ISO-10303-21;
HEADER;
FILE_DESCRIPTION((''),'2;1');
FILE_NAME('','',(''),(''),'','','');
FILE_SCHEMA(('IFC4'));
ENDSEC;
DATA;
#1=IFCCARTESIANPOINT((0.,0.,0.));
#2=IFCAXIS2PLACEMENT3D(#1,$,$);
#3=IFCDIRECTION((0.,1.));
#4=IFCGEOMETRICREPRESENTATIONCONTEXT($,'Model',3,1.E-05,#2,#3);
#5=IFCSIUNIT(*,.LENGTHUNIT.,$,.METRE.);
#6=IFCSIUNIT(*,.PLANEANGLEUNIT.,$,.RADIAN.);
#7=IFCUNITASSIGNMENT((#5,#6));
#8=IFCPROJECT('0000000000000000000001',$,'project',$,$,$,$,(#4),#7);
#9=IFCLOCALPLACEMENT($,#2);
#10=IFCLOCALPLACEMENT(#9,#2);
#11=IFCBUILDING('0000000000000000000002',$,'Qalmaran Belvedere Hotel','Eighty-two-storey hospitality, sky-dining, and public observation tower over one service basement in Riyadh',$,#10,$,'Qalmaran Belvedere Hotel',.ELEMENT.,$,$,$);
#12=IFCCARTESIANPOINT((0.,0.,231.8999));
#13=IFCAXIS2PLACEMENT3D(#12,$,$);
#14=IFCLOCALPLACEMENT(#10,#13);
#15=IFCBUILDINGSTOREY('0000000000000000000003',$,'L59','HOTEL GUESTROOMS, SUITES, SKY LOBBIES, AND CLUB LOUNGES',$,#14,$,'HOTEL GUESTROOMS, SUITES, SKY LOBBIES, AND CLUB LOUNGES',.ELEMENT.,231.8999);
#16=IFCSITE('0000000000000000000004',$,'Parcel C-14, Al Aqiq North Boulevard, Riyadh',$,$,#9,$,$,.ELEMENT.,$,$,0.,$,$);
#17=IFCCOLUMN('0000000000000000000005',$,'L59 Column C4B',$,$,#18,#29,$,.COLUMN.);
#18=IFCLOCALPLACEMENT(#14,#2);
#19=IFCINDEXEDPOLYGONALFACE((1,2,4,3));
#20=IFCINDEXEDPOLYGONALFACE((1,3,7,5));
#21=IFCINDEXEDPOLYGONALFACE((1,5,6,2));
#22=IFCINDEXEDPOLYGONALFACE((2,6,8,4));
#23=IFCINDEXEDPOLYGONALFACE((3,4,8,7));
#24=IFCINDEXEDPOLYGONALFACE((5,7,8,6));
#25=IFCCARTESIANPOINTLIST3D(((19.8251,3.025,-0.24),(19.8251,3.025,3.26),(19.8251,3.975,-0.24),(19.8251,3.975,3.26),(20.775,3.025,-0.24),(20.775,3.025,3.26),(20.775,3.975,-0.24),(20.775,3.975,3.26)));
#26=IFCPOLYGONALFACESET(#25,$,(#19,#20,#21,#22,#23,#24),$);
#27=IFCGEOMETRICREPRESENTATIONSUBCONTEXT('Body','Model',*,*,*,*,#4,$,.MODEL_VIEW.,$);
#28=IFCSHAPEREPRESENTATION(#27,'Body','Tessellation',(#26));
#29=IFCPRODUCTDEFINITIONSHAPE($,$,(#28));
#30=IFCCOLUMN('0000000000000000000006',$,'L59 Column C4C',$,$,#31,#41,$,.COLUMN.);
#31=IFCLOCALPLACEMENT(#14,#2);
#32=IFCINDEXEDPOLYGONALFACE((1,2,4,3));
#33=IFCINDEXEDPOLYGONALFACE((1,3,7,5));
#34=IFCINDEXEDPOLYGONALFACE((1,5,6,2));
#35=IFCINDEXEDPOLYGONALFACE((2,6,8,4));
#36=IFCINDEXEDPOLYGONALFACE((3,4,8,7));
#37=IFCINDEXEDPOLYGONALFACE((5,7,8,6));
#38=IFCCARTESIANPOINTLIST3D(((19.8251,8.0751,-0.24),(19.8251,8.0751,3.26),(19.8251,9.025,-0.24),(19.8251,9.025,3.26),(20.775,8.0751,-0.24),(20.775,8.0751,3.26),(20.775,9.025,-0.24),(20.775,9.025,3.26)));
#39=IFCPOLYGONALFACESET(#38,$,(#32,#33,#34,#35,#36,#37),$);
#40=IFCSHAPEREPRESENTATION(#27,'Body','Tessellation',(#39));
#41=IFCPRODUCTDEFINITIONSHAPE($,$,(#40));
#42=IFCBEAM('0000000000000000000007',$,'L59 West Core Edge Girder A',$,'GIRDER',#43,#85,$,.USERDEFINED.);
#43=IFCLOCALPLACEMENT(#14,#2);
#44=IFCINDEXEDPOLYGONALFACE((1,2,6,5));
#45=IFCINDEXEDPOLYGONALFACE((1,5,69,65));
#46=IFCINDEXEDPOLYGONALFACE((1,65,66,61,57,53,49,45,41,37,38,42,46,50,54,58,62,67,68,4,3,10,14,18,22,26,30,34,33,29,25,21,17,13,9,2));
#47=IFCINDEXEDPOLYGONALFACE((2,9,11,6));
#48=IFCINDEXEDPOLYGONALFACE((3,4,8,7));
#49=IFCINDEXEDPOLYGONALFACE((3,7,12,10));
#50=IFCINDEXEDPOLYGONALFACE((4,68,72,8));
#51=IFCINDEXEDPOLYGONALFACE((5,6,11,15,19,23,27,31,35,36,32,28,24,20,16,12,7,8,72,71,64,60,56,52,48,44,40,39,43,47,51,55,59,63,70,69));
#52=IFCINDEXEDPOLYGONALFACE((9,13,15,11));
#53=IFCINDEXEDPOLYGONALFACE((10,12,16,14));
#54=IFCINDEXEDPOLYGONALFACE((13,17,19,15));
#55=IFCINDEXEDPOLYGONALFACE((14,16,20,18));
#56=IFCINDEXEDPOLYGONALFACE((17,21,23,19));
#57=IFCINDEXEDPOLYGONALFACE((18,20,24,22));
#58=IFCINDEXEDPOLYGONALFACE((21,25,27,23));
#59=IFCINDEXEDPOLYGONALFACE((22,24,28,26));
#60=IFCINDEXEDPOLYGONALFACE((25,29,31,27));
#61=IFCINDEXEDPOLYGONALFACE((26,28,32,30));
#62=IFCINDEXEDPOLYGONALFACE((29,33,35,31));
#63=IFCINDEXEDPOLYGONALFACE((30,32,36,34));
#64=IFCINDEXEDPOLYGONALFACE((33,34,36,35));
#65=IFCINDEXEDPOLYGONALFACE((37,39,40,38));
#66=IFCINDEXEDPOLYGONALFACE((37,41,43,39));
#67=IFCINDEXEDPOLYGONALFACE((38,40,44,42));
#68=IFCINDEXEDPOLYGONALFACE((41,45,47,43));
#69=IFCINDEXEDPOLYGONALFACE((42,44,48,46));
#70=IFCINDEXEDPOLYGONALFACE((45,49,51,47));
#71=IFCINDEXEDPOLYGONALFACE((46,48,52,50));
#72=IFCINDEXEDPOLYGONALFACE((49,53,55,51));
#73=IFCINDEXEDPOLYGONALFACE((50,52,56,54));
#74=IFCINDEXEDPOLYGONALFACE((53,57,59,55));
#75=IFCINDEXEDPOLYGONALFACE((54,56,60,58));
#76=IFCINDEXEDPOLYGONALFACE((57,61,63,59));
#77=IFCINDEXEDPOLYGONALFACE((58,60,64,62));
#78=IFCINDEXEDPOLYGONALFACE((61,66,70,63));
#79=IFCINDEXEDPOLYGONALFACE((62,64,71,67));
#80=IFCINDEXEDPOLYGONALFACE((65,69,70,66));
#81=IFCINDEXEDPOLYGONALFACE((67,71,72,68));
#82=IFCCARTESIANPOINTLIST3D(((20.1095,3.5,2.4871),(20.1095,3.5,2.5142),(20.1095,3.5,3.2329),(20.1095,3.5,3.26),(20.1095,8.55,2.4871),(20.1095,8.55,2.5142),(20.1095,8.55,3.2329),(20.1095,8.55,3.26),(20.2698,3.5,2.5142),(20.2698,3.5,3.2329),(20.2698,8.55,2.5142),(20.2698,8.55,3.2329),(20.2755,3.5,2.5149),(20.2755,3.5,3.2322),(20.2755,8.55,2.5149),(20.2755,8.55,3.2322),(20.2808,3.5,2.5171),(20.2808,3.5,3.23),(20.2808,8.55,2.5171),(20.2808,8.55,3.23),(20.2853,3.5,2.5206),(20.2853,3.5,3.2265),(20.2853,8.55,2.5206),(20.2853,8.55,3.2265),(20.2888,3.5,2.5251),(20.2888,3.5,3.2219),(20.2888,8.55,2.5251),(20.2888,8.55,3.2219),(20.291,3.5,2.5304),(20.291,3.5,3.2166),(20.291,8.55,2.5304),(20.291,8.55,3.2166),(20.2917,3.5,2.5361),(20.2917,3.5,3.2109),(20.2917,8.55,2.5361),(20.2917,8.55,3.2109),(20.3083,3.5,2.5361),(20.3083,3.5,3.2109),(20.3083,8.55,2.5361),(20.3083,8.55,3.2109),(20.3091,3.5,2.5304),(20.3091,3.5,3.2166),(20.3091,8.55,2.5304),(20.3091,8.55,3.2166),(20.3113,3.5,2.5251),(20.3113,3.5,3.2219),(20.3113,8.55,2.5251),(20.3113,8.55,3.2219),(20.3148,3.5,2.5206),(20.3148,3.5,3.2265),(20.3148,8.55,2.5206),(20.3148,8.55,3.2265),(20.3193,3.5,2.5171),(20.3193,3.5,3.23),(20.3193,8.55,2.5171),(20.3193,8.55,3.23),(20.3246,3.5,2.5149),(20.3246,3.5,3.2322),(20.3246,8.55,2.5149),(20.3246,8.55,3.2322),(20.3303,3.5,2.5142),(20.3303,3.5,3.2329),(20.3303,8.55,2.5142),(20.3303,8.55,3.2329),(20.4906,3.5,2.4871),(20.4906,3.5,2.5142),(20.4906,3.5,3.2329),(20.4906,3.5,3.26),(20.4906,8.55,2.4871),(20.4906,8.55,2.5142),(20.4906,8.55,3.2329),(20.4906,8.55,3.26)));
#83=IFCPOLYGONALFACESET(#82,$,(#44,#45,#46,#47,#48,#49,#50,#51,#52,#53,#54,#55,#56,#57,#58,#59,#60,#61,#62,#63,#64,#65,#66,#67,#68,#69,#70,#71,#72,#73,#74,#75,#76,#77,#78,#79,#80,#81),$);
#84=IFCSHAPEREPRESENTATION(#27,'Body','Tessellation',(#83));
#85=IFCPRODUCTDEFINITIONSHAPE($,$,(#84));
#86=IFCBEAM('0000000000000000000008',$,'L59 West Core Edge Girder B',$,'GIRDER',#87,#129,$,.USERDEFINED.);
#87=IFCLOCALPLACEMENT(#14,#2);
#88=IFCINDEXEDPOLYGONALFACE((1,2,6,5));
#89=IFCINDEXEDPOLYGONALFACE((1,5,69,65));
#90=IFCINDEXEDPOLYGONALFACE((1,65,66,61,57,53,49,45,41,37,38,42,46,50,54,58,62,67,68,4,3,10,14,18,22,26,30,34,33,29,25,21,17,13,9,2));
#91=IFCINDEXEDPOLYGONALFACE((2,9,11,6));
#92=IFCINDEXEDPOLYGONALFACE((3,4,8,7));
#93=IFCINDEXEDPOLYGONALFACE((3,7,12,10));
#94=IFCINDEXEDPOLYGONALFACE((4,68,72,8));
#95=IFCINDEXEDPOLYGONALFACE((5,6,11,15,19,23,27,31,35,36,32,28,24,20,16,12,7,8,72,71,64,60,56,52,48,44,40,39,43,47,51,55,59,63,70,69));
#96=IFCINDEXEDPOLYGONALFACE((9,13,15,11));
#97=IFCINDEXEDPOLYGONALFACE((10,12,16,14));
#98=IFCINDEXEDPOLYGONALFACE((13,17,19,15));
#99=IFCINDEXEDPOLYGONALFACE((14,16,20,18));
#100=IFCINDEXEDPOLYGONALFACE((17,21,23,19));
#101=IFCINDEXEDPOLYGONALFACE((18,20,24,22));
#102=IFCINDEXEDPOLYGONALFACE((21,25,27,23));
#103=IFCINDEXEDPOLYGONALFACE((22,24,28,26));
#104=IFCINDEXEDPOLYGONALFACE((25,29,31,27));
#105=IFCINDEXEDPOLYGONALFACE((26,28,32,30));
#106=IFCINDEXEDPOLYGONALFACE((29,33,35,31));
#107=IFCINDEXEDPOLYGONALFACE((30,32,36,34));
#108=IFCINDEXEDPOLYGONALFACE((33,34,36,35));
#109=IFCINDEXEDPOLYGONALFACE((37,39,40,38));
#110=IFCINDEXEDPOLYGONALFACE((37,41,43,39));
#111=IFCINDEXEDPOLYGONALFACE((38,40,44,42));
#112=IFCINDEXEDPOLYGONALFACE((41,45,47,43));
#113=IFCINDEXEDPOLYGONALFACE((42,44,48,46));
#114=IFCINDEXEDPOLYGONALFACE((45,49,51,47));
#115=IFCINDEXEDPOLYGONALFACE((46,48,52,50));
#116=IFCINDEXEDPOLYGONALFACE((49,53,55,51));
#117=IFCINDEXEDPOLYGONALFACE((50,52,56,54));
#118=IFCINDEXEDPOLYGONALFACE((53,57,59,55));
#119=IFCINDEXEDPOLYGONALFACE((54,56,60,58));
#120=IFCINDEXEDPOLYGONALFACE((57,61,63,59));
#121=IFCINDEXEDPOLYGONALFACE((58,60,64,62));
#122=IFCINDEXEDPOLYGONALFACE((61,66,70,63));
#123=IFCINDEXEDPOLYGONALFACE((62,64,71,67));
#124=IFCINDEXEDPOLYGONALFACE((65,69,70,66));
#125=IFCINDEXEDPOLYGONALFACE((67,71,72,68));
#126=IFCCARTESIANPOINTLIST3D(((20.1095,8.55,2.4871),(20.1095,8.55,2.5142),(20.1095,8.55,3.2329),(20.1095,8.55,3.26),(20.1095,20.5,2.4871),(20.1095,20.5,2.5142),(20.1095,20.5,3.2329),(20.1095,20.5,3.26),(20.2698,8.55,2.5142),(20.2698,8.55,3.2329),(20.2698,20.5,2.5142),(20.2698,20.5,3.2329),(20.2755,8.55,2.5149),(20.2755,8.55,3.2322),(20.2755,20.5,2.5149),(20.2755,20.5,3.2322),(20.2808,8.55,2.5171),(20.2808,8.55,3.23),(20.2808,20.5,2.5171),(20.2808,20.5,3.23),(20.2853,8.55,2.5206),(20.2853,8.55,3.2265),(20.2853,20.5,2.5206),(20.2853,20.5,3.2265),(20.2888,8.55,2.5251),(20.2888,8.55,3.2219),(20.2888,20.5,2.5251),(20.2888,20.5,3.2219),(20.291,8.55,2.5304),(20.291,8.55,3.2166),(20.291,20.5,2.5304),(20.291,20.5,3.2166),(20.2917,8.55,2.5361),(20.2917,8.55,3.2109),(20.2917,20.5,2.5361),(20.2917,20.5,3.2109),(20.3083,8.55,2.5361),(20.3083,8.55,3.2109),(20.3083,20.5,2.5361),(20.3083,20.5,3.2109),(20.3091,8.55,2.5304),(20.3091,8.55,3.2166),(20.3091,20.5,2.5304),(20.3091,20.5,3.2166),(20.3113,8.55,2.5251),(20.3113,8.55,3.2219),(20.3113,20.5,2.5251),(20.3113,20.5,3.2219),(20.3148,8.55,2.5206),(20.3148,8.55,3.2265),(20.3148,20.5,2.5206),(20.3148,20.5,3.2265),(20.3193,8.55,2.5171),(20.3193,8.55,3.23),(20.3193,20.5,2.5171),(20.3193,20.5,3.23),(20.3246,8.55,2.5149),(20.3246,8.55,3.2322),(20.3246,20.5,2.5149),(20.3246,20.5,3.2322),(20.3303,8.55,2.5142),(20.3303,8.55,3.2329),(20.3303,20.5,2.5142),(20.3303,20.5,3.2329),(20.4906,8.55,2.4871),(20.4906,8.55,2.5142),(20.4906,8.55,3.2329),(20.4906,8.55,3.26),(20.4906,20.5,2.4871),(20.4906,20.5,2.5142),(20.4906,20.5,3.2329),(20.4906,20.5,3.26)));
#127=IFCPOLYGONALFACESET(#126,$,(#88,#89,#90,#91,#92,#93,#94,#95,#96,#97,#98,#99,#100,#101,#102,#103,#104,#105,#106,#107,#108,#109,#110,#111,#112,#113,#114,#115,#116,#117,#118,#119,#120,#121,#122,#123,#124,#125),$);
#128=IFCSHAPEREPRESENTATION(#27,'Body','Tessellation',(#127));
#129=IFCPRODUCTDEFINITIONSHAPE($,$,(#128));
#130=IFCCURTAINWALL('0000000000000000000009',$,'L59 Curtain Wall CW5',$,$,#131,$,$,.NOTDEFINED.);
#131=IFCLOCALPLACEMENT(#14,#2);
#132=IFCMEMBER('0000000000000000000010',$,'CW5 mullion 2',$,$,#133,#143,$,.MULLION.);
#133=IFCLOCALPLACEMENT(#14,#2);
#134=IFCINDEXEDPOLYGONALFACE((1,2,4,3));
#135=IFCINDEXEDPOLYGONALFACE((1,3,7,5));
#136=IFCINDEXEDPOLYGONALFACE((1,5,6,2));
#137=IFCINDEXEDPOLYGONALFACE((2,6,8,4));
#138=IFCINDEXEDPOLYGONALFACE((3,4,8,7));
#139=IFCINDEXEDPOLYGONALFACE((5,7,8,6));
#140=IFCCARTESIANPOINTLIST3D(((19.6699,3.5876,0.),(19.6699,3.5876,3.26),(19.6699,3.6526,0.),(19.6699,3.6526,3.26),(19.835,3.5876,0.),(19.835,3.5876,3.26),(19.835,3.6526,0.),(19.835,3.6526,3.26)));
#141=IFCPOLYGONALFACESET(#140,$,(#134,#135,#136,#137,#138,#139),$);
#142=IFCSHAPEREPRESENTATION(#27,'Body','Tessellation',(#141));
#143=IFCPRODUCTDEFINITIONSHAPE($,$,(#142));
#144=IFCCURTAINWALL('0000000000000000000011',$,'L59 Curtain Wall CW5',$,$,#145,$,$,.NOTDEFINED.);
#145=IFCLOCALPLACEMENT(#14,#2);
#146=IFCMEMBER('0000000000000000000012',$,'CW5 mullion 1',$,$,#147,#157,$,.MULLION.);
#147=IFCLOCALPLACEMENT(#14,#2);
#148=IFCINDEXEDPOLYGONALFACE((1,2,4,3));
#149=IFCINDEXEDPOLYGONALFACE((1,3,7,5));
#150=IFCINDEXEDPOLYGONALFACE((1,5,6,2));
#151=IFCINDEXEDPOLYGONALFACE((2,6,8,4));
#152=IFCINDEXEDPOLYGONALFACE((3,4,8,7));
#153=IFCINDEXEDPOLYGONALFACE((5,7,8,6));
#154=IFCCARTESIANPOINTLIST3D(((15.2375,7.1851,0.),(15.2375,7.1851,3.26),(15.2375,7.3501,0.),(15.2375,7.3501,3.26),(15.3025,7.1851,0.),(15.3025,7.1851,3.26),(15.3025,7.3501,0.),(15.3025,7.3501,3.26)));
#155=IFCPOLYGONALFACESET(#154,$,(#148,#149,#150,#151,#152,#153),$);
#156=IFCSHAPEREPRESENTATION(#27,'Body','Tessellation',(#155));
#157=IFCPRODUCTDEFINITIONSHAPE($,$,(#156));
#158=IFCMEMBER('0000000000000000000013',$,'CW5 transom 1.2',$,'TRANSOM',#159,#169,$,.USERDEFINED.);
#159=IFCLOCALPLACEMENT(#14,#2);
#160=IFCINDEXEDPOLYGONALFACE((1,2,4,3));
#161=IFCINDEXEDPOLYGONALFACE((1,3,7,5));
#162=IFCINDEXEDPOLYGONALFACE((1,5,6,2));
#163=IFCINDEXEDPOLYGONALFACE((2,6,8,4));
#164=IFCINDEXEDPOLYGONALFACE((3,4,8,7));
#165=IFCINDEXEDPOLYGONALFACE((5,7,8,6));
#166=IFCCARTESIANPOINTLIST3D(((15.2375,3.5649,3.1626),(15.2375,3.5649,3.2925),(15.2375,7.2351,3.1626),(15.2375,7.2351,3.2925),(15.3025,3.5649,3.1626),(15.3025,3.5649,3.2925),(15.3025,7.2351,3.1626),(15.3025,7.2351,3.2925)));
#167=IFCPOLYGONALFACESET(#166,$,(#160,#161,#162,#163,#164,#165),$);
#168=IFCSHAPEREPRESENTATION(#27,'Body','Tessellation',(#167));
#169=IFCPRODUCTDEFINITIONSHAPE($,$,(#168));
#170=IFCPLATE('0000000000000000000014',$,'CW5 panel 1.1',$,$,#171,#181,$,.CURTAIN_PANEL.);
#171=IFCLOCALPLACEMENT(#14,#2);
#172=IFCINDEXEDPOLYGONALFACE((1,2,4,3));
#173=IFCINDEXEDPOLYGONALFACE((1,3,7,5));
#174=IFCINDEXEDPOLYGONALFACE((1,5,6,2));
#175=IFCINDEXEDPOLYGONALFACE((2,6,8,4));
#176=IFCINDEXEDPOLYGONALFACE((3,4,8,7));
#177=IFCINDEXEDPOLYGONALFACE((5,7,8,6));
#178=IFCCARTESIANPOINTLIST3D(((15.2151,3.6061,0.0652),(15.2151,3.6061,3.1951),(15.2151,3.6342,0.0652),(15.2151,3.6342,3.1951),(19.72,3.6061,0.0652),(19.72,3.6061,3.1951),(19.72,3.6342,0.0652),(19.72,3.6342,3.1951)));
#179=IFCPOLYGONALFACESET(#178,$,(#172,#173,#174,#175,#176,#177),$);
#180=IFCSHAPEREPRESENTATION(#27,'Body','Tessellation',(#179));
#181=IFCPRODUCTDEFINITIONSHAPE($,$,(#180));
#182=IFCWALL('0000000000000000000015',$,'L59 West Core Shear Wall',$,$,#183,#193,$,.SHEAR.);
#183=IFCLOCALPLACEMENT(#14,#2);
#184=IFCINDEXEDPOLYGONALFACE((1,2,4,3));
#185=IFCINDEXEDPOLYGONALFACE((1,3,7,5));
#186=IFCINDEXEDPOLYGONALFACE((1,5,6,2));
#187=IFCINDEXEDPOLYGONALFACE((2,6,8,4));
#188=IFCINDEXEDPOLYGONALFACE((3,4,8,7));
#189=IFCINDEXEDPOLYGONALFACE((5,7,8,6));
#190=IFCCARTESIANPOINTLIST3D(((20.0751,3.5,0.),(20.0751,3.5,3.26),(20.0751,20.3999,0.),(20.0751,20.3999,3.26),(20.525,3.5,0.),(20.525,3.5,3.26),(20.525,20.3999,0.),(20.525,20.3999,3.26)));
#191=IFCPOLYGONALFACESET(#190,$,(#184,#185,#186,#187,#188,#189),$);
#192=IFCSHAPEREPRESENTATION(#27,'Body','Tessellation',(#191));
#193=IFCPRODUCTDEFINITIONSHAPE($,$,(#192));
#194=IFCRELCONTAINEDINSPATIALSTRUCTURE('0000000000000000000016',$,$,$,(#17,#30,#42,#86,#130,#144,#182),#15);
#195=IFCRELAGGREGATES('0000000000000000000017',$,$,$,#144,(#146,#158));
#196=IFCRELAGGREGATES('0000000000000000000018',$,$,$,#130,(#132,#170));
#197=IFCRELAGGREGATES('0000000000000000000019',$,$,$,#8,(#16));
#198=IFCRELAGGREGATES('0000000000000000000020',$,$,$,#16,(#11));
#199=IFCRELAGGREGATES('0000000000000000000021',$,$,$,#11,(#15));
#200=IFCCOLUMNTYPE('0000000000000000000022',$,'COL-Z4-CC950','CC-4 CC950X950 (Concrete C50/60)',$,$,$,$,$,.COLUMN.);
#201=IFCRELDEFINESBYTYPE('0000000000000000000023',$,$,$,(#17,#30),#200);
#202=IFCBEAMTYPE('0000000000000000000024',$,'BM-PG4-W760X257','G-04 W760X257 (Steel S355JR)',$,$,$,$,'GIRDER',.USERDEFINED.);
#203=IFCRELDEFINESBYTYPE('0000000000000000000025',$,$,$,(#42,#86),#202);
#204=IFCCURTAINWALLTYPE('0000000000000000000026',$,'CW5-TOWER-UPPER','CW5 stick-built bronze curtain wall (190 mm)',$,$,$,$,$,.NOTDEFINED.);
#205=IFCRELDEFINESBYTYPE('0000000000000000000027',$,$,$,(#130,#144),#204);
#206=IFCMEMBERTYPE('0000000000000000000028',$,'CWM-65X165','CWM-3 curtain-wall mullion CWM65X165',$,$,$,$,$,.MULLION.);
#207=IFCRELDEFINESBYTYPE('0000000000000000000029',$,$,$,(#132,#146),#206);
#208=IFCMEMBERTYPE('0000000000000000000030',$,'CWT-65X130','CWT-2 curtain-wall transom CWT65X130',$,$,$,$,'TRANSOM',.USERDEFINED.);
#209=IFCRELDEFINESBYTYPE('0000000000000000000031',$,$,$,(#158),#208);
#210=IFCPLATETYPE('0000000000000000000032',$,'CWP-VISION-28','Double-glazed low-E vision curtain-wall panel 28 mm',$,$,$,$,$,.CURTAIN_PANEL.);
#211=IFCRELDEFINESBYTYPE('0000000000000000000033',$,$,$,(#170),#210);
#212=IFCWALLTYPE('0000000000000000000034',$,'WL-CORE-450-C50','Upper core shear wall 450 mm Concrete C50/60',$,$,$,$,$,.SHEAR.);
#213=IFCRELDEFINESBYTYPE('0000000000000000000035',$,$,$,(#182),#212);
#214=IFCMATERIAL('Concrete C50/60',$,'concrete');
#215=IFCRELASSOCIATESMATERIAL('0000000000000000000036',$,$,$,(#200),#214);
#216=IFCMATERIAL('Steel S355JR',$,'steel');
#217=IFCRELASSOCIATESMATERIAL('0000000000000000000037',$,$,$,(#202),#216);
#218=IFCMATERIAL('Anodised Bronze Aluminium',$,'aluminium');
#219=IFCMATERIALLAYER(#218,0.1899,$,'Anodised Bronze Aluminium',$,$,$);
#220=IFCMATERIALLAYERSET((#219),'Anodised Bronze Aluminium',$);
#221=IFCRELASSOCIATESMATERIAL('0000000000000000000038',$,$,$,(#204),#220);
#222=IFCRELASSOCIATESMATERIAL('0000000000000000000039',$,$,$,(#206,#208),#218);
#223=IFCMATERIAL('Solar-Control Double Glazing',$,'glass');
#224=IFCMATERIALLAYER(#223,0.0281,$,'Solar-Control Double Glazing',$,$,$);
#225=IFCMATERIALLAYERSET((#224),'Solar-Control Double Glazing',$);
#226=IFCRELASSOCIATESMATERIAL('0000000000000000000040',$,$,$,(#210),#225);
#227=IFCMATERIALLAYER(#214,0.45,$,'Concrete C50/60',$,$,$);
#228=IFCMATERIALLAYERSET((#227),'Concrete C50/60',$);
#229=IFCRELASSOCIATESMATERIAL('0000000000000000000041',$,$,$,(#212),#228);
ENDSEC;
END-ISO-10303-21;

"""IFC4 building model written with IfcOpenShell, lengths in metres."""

from ifc_helpers import new_model, si_unit, direction, frame, frame_2d, origin, origin_2d, place, context, subcontext, project, spatial, rectangle, i_section, extrude, material, layer, layer_set, material_profile, profile_set, type_object, element, aggregate, save


model = new_model("IFC4")

# Units and contexts
model_context = context("Model", 3, precision=1e-05, world=origin(), true_north=direction((0.0, 1.0)))
body_context = subcontext(model_context, "Body", "Model", "MODEL_VIEW")
ifc_project = project(units=[si_unit("LENGTHUNIT", "METRE"), si_unit("PLANEANGLEUNIT", "RADIAN")], contexts=[model_context])

# Site, building, storey
site_placement = place(None, origin())
site = spatial("IfcSite", under=ifc_project, at=site_placement, Name="Parcel C-14, Al Aqiq North Boulevard, Riyadh", CompositionType="ELEMENT", RefElevation=0.0)
building_placement = place(site_placement, origin())
building = spatial("IfcBuilding", under=site, at=building_placement, Name="Qalmaran Belvedere Hotel", Description="Eighty-two-storey hospitality, sky-dining, and public observation tower over one service basement in Riyadh", LongName="Qalmaran Belvedere Hotel", CompositionType="ELEMENT")
storey_placement = place(building_placement, frame((0.0, 0.0, 231.8999)))
storey = spatial("IfcBuildingStorey", under=building, at=storey_placement, Name="L59", Description="HOTEL GUESTROOMS, SUITES, SKY LOBBIES, AND CLUB LOUNGES", LongName="HOTEL GUESTROOMS, SUITES, SKY LOBBIES, AND CLUB LOUNGES", CompositionType="ELEMENT", Elevation=231.8999)

# Columns
ifc_material_1 = material(Name="Concrete C50/60", Category="concrete")
ifc_material_profile_1 = material_profile(ifc_material_1, rectangle(XDim=0.95, YDim=0.95, at=origin_2d()), Name="CC950X950")
ifc_profile_set_1 = profile_set([ifc_material_profile_1], Name="Concrete C50/60")
column_type = type_object("IfcColumnType", Name="COL-Z4-CC950", Description="CC-4 CC950X950 (Concrete C50/60)", PredefinedType="COLUMN", material=ifc_profile_set_1)
for number, where, z_axis, x_axis, name in (
    (1, (20.3, 3.5, -0.24), (0.0, 0.0, 1.0), (1.0, 0.0, 0.0), "L59 Column C4B"),
    (2, (20.3, 8.55, -0.24), (0.0, 0.0, 1.0), (1.0, 0.0, 0.0), "L59 Column C4C"),
):
    element("IfcColumn", number, at=place(storey_placement, frame(where, z_axis=z_axis, x_axis=x_axis)), inside=storey, type_object=column_type, Name=name, PredefinedType="COLUMN", context=body_context, shape_type="SweptSolid", body=[
        extrude(rectangle(XDim=0.95, YDim=0.95, at=origin_2d()), origin(), (0.0, 0.0, 1.0), 3.5),
    ])

# Beams
ifc_material_2 = material(Name="Steel S355JR", Category="steel")
ifc_material_profile_2 = material_profile(ifc_material_2, i_section(OverallWidth=0.3811, OverallDepth=0.7729, WebThickness=0.0166, FlangeThickness=0.0271, FilletRadius=0.022, at=origin_2d()), Name="W760X257")
ifc_profile_set_2 = profile_set([ifc_material_profile_2], Name="Steel S355JR")
beam_type = type_object("IfcBeamType", Name="BM-PG4-W760X257", Description="G-04 W760X257 (Steel S355JR)", ElementType="GIRDER", PredefinedType="USERDEFINED", material=ifc_profile_set_2)
beam_1_placement = place(storey_placement, frame((20.3, 3.5, 2.8735), z_axis=(0.0, 1.0, 0.0), x_axis=(-1.0, 0.0, 0.0)))
element("IfcBeam", 3, at=beam_1_placement, inside=storey, type_object=beam_type, Name="L59 West Core Edge Girder A", ObjectType="GIRDER", PredefinedType="USERDEFINED", context=body_context, shape_type="SweptSolid", body=[
    extrude(i_section(OverallWidth=0.3811, OverallDepth=0.7729, WebThickness=0.0166, FlangeThickness=0.0271, FilletRadius=0.022, at=origin_2d()), origin(), (0.0, 0.0, 1.0), 5.05),
])
beam_2_placement = place(storey_placement, frame((20.3, 8.55, 2.8735), z_axis=(0.0, 1.0, 0.0), x_axis=(-1.0, 0.0, 0.0)))
element("IfcBeam", 4, at=beam_2_placement, inside=storey, type_object=beam_type, Name="L59 West Core Edge Girder B", ObjectType="GIRDER", PredefinedType="USERDEFINED", context=body_context, shape_type="SweptSolid", body=[
    extrude(i_section(OverallWidth=0.3811, OverallDepth=0.7729, WebThickness=0.0166, FlangeThickness=0.0271, FilletRadius=0.022, at=origin_2d()), origin(), (0.0, 0.0, 1.0), 11.95),
])

# Curtain wall, member
ifc_material_3 = material(Name="Anodised Bronze Aluminium", Category="aluminium")
ifc_layer_1 = layer(ifc_material_3, 0.1899, Name="Anodised Bronze Aluminium")
ifc_layer_set_1 = layer_set([ifc_layer_1], Name="Anodised Bronze Aluminium")
curtain_wall_type = type_object("IfcCurtainWallType", Name="CW5-TOWER-UPPER", Description="CW5 stick-built bronze curtain wall (190 mm)", PredefinedType="NOTDEFINED", material=ifc_layer_set_1)
curtain_wall_1_placement = place(storey_placement, origin())
curtain_wall_1 = element("IfcCurtainWall", 5, at=curtain_wall_1_placement, inside=storey, type_object=curtain_wall_type, Name="L59 Curtain Wall CW5", PredefinedType="NOTDEFINED")
ifc_material_profile_3 = material_profile(ifc_material_3, rectangle(XDim=0.0649, YDim=0.165, at=origin_2d()), Name="CWM65X165")
ifc_profile_set_3 = profile_set([ifc_material_profile_3], Name="Anodised Bronze Aluminium")
member_type_1 = type_object("IfcMemberType", Name="CWM-65X165", Description="CWM-3 curtain-wall mullion CWM65X165", PredefinedType="MULLION", material=ifc_profile_set_3)
member_1_placement = place(storey_placement, frame((19.7524, 3.6201, 0.0), z_axis=(0.0, 0.0, 1.0), x_axis=(0.0, 1.0, 0.0)))
member_1 = element("IfcMember", 6, at=member_1_placement, type_object=member_type_1, Name="CW5 mullion 2", PredefinedType="MULLION", context=body_context, shape_type="SweptSolid", body=[
    extrude(rectangle(XDim=0.0649, YDim=0.165, at=origin_2d()), origin(), (0.0, 0.0, 1.0), 3.26),
])

# Curtain wall, members
curtain_wall_2_placement = place(storey_placement, origin())
curtain_wall_2 = element("IfcCurtainWall", 7, at=curtain_wall_2_placement, inside=storey, type_object=curtain_wall_type, Name="L59 Curtain Wall CW5", PredefinedType="NOTDEFINED")
member_2_placement = place(storey_placement, frame((15.27, 7.2676, 0.0), z_axis=(0.0, 0.0, 1.0), x_axis=(1.0, 0.0, 0.0)))
member_2 = element("IfcMember", 8, at=member_2_placement, type_object=member_type_1, Name="CW5 mullion 1", PredefinedType="MULLION", context=body_context, shape_type="SweptSolid", body=[
    extrude(rectangle(XDim=0.0649, YDim=0.165, at=origin_2d()), origin(), (0.0, 0.0, 1.0), 3.26),
])
ifc_material_profile_4 = material_profile(ifc_material_3, rectangle(XDim=0.0649, YDim=0.1299, at=origin_2d()), Name="CWT65X130")
ifc_profile_set_4 = profile_set([ifc_material_profile_4], Name="Anodised Bronze Aluminium")
member_type_2 = type_object("IfcMemberType", Name="CWT-65X130", Description="CWT-2 curtain-wall transom CWT65X130", ElementType="TRANSOM", PredefinedType="USERDEFINED", material=ifc_profile_set_4)
member_3_placement = place(storey_placement, frame((15.27, 7.2351, 3.2275), z_axis=(0.0, -1.0, 0.0), x_axis=(1.0, 0.0, 0.0)))
member_3 = element("IfcMember", 9, at=member_3_placement, type_object=member_type_2, Name="CW5 transom 1.2", ObjectType="TRANSOM", PredefinedType="USERDEFINED", context=body_context, shape_type="SweptSolid", body=[
    extrude(rectangle(XDim=0.0649, YDim=0.1299, at=origin_2d()), origin(), (0.0, 0.0, 1.0), 3.6702),
])
aggregate(curtain_wall_2, [member_2, member_3])

# Plate
ifc_material_4 = material(Name="Solar-Control Double Glazing", Category="glass")
ifc_layer_2 = layer(ifc_material_4, 0.0281, Name="Solar-Control Double Glazing")
ifc_layer_set_2 = layer_set([ifc_layer_2], Name="Solar-Control Double Glazing")
plate_type = type_object("IfcPlateType", Name="CWP-VISION-28", Description="Double-glazed low-E vision curtain-wall panel 28 mm", PredefinedType="CURTAIN_PANEL", material=ifc_layer_set_2)
plate_placement = place(storey_placement, frame((17.4675, 3.6201, 0.0652), z_axis=(0.0, 0.0, 1.0), x_axis=(1.0, 0.0, 0.0)))
plate = element("IfcPlate", 10, at=plate_placement, type_object=plate_type, Name="CW5 panel 1.1", PredefinedType="CURTAIN_PANEL", context=body_context, shape_type="SweptSolid", body=[
    extrude(rectangle(XDim=4.5049, YDim=0.0281, at=origin_2d()), origin(), (0.0, 0.0, 1.0), 3.1299),
])
aggregate(curtain_wall_1, [member_1, plate])

# Wall
ifc_layer_3 = layer(ifc_material_1, 0.45, Name="Concrete C50/60")
ifc_layer_set_3 = layer_set([ifc_layer_3], Name="Concrete C50/60")
wall_type_1 = type_object("IfcWallType", Name="WL-CORE-450-C50", Description="Upper core shear wall 450 mm Concrete C50/60", PredefinedType="SHEAR", material=ifc_layer_set_3)
wall_1_placement = place(storey_placement, frame((20.3, 3.5, 0.0), z_axis=(0.0, 0.0, 1.0), x_axis=(0.0, 1.0, 0.0)))
element("IfcWall", 11, at=wall_1_placement, inside=storey, type_object=wall_type_1, Name="L59 West Core Shear Wall", PredefinedType="SHEAR", context=body_context, shape_type="SweptSolid", body=[
    extrude(rectangle(XDim=16.8999, YDim=0.45, at=frame_2d((8.45, 0.0))), origin(), (0.0, 0.0, 1.0), 3.26),
])

save(model, "model.ifc")
